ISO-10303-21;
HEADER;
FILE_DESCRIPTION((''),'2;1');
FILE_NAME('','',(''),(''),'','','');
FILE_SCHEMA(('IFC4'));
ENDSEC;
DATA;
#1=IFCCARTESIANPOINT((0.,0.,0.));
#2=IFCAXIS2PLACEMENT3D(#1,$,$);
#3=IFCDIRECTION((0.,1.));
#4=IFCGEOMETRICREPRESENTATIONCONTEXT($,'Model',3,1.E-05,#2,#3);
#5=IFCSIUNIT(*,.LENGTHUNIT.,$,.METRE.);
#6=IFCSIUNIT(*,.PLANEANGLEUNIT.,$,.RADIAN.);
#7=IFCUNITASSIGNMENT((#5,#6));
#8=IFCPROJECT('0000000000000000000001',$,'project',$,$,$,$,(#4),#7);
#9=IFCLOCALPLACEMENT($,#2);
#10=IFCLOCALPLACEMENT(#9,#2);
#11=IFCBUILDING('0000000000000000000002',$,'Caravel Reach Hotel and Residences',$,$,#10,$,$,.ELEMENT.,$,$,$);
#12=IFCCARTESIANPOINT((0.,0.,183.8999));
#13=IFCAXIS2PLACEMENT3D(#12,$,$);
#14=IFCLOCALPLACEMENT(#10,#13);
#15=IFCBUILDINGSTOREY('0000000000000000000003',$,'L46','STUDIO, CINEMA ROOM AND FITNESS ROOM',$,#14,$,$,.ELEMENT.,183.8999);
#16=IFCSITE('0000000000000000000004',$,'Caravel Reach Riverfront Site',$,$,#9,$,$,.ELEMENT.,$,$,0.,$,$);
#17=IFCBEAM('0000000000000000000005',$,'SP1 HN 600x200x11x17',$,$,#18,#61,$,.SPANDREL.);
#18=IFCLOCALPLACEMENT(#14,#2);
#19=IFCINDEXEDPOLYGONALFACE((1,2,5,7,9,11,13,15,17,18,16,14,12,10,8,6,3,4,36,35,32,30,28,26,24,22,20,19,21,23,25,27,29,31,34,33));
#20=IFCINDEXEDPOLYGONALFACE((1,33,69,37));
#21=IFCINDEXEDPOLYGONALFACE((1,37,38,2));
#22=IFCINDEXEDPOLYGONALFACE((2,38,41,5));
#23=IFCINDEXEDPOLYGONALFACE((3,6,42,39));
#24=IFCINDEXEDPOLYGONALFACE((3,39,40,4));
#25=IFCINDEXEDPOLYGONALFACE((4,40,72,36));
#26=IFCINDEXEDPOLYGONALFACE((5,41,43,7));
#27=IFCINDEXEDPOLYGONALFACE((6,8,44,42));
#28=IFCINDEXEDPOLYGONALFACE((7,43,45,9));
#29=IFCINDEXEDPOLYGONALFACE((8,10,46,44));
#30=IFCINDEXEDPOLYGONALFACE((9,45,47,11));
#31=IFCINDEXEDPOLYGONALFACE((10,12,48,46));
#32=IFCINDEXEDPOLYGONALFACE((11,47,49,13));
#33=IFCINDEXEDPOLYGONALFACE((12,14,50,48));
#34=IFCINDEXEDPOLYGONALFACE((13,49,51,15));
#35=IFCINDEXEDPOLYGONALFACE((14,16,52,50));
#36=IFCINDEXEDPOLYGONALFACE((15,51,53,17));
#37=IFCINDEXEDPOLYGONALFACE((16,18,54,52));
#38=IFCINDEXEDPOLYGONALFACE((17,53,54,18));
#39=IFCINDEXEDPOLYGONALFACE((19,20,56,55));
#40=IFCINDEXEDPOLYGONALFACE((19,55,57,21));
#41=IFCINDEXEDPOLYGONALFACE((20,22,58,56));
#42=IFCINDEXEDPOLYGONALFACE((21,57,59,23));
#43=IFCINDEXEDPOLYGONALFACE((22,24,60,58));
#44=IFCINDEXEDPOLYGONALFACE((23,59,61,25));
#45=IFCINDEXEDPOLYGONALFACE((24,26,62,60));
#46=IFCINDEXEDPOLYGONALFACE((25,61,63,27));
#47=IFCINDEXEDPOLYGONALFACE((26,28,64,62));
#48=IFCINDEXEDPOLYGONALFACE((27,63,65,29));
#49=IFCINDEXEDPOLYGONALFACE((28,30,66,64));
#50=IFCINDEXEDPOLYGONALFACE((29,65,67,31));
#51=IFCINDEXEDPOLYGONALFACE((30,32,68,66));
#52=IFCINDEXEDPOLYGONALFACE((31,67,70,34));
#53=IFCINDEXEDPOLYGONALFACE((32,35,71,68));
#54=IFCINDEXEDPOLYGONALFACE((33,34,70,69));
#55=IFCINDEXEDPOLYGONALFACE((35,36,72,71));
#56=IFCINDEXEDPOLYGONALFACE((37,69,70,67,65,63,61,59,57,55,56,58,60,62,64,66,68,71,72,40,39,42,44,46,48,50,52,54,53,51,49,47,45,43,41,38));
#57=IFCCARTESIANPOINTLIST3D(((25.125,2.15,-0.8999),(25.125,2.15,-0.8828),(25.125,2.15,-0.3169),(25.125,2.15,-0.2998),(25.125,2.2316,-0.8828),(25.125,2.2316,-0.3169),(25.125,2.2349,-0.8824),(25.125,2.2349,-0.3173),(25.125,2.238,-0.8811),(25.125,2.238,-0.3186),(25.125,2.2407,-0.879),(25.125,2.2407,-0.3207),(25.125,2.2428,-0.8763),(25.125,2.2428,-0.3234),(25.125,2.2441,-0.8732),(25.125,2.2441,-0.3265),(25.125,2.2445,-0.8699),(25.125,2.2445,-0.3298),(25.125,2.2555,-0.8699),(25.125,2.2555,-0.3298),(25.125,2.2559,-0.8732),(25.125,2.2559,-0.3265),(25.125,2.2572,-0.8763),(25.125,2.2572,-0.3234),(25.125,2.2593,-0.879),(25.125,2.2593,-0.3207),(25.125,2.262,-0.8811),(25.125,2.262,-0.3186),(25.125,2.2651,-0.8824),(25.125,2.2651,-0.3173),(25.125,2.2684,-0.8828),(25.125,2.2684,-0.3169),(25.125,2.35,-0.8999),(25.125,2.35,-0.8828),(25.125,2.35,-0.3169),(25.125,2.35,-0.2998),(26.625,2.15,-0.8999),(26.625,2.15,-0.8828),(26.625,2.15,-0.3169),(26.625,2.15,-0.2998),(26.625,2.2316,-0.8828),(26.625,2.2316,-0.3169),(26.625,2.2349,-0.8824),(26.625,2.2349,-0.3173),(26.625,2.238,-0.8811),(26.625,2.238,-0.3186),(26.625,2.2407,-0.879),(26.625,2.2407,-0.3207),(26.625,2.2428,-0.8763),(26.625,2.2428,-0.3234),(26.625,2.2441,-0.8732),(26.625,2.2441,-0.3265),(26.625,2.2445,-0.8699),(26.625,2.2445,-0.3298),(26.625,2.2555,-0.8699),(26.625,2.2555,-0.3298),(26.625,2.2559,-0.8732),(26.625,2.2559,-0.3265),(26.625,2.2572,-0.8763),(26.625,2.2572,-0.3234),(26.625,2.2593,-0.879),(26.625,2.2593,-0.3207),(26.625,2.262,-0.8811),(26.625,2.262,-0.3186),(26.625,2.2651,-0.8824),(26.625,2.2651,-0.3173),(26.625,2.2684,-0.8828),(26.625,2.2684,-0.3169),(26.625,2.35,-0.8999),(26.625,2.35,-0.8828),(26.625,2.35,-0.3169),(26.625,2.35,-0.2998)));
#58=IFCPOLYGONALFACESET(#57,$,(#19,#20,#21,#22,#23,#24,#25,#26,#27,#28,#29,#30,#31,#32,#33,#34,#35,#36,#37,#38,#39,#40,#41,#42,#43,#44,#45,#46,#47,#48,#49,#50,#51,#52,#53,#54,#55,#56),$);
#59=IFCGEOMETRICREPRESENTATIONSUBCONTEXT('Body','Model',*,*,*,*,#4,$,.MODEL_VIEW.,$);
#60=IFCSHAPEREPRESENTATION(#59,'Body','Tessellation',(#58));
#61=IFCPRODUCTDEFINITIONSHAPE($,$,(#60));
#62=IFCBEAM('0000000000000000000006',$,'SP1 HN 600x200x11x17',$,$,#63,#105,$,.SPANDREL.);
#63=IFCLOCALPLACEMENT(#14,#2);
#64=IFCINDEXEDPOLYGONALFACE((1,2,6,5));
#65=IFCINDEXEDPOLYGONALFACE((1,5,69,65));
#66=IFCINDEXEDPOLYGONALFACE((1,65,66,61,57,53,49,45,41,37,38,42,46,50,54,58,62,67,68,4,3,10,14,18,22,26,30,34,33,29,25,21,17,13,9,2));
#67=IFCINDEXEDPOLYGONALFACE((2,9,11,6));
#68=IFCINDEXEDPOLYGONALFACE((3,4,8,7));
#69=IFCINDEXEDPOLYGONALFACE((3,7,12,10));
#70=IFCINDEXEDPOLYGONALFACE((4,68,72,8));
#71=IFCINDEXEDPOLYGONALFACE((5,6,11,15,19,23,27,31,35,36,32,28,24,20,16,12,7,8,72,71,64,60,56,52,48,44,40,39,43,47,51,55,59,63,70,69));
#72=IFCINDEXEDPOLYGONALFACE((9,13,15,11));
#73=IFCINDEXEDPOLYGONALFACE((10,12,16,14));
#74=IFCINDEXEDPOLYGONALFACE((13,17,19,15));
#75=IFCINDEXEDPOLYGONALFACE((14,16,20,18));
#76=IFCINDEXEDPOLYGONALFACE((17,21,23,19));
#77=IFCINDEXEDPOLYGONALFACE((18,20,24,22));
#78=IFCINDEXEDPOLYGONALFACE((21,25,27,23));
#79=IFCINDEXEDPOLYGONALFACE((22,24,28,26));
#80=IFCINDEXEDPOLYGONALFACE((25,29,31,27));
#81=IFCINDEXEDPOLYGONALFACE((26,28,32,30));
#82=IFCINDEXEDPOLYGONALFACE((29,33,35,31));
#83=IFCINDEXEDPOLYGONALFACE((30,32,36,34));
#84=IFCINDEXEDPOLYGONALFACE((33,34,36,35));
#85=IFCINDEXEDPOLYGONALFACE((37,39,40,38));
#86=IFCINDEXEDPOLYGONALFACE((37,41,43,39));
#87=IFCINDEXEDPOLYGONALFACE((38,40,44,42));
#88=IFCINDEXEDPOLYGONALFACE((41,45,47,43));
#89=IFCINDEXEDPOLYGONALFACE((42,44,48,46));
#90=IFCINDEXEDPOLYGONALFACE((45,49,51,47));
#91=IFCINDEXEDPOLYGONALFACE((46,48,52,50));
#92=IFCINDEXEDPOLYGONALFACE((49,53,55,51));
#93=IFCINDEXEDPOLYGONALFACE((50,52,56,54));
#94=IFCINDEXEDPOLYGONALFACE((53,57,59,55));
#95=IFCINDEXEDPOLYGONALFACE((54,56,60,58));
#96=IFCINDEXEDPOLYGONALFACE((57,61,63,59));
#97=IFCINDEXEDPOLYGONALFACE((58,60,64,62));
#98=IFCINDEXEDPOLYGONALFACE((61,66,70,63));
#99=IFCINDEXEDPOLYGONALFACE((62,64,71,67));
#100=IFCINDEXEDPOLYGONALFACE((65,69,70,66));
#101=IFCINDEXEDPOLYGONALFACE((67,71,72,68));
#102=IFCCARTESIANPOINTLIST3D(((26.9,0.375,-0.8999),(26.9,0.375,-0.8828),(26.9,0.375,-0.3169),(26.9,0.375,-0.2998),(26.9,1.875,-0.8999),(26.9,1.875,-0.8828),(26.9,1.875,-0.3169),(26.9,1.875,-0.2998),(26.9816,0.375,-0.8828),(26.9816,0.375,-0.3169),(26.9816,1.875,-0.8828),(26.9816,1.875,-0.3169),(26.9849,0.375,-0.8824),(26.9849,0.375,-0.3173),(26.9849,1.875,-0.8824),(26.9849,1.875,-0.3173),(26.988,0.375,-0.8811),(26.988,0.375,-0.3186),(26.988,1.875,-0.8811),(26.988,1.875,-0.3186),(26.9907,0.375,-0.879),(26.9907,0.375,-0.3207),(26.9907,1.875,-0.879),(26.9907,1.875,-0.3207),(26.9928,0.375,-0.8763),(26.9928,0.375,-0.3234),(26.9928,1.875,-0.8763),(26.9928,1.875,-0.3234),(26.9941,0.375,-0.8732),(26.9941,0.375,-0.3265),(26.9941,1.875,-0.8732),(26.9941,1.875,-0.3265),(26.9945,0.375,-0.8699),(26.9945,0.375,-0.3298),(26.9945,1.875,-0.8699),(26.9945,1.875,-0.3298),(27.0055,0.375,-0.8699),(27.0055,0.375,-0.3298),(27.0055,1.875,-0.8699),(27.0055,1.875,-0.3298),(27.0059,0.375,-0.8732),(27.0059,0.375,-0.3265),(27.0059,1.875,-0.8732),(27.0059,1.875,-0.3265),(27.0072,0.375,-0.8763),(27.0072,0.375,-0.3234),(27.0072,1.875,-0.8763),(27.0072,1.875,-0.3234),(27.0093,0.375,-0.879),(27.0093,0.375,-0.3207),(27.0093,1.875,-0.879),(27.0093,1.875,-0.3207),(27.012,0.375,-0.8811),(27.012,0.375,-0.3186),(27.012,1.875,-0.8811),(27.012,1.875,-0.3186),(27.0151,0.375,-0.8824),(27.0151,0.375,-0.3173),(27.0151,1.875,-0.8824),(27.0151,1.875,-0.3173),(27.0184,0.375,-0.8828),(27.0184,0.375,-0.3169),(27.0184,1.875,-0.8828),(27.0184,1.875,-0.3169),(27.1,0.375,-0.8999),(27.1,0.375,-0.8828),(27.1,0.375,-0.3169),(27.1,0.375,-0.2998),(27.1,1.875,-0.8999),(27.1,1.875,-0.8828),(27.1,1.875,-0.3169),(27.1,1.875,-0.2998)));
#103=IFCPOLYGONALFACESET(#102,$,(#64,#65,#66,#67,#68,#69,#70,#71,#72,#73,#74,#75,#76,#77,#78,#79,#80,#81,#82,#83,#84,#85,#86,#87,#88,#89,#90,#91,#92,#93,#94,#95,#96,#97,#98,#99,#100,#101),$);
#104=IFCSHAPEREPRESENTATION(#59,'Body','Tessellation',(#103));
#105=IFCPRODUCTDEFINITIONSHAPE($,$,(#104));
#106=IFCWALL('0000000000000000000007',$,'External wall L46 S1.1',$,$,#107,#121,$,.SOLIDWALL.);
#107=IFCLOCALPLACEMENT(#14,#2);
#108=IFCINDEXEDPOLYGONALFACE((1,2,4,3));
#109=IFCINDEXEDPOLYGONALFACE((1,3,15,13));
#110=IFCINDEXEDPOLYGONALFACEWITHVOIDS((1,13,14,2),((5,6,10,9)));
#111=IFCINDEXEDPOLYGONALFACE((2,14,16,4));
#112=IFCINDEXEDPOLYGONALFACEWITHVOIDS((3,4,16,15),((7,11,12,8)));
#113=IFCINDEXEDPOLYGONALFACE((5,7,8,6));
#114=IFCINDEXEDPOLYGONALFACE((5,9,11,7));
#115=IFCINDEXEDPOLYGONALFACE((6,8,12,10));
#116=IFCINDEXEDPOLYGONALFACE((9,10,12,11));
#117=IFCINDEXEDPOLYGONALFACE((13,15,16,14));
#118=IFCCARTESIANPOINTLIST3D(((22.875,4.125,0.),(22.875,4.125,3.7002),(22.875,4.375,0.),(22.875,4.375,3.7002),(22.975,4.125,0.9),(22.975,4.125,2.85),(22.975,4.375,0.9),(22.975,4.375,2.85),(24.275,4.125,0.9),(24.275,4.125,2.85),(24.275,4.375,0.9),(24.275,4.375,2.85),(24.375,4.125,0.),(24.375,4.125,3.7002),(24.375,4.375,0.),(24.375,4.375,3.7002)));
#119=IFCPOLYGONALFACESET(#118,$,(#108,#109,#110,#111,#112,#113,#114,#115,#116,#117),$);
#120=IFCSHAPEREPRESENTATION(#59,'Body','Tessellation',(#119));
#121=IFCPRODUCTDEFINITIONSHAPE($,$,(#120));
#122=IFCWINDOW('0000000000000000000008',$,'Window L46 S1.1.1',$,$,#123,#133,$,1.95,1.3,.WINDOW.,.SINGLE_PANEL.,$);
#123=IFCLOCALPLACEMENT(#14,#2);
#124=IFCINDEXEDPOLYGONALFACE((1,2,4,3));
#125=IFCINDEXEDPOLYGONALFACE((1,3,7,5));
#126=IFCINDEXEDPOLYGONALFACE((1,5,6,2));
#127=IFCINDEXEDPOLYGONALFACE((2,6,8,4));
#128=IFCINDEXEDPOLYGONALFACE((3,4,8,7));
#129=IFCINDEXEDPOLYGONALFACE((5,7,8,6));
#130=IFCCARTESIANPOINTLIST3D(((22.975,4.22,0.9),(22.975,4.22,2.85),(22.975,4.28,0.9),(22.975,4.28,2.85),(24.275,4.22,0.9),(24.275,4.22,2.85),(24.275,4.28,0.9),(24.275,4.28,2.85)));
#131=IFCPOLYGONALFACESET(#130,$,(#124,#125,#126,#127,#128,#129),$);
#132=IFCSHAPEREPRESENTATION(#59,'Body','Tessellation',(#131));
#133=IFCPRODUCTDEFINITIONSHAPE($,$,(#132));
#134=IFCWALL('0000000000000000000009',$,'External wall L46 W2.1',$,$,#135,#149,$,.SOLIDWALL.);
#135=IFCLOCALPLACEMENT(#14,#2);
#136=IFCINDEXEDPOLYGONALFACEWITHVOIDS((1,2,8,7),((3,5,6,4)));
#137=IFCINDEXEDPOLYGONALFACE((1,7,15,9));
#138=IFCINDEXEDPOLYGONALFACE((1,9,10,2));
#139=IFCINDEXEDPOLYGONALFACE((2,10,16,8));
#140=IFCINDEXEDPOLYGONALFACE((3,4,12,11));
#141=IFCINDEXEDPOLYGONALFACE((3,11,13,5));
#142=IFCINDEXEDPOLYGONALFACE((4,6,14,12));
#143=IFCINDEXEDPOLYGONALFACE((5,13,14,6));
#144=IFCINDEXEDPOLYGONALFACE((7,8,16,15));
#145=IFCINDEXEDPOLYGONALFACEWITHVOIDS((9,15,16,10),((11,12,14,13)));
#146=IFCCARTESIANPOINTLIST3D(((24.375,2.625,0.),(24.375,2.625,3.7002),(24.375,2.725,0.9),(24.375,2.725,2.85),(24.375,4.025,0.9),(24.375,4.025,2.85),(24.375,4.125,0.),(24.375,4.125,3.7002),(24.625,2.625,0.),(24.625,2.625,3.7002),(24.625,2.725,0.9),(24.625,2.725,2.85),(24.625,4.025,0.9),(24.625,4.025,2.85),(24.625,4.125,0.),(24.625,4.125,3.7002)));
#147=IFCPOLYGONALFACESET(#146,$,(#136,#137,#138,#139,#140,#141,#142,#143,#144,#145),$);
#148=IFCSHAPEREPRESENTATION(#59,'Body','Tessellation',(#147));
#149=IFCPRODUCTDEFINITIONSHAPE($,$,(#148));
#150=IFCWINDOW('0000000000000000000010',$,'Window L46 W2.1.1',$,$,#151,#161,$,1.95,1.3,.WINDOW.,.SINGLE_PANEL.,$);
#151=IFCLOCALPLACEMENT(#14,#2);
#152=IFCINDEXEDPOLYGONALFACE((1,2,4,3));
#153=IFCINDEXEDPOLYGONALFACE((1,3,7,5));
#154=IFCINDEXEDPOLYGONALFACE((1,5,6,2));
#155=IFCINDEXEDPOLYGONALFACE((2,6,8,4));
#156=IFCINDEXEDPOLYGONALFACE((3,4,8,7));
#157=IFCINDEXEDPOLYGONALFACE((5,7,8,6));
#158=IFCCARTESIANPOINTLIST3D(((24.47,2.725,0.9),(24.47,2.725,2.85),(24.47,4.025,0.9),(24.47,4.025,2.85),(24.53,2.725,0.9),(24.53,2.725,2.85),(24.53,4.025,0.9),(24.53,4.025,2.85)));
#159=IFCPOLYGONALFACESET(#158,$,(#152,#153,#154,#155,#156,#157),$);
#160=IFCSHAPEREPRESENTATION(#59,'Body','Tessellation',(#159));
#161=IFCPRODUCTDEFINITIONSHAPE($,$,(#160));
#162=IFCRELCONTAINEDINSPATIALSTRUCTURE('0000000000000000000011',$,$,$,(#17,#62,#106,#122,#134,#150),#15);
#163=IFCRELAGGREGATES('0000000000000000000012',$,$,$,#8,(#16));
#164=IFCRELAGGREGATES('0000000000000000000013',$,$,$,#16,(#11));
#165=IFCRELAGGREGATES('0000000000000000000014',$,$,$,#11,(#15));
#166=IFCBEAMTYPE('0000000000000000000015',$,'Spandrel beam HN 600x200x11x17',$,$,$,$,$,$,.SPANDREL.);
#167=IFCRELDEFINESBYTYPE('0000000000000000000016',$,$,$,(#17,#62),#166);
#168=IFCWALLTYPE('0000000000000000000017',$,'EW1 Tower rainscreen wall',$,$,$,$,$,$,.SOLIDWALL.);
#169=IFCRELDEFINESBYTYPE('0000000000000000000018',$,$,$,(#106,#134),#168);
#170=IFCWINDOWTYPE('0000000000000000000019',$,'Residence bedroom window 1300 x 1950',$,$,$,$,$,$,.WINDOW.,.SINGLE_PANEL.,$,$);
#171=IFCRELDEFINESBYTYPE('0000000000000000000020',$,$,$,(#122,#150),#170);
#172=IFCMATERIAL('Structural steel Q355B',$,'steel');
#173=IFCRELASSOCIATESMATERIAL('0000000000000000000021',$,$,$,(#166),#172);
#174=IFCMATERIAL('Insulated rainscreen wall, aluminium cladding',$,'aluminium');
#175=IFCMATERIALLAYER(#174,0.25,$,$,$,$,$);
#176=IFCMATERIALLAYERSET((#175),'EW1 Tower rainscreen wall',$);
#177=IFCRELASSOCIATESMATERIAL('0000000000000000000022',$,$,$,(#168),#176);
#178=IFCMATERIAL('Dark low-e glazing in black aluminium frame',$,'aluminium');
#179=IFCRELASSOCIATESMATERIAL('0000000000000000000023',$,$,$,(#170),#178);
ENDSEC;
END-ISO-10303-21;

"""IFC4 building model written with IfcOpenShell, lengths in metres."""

from ifc_helpers import new_model, si_unit, direction, frame, frame_2d, origin, origin_2d, place, context, subcontext, project, spatial, rectangle, i_section, extrude, material, layer, layer_set, material_profile, profile_set, type_object, element, fill, save


model = new_model("IFC4")

# Units and contexts
model_context = context("Model", 3, precision=1e-05, world=origin(), true_north=direction((0.0, 1.0)))
body_context = subcontext(model_context, "Body", "Model", "MODEL_VIEW")
ifc_project = project(units=[si_unit("LENGTHUNIT", "METRE"), si_unit("PLANEANGLEUNIT", "RADIAN")], contexts=[model_context])

# Site, building, storey
site_placement = place(None, origin())
site = spatial("IfcSite", under=ifc_project, at=site_placement, Name="Caravel Reach Riverfront Site", CompositionType="ELEMENT", RefElevation=0.0)
building_placement = place(site_placement, origin())
building = spatial("IfcBuilding", under=site, at=building_placement, Name="Caravel Reach Hotel and Residences", CompositionType="ELEMENT")
storey_placement = place(building_placement, frame((0.0, 0.0, 183.8999)))
storey = spatial("IfcBuildingStorey", under=building, at=storey_placement, Name="L46", Description="STUDIO, CINEMA ROOM AND FITNESS ROOM", CompositionType="ELEMENT", Elevation=183.8999)

# Beams
ifc_material_1 = material(Name="Structural steel Q355B", Category="steel")
ifc_material_profile_1 = material_profile(ifc_material_1, i_section(OverallWidth=0.2, OverallDepth=0.6001, WebThickness=0.011, FlangeThickness=0.0171, FilletRadius=0.0129, at=origin_2d()), Name="HN 600x200x11x17")
ifc_profile_set_1 = profile_set([ifc_material_profile_1], Name="Structural steel Q355B")
beam_type = type_object("IfcBeamType", Name="Spandrel beam HN 600x200x11x17", PredefinedType="SPANDREL", material=ifc_profile_set_1)
for number, where, z_axis, x_axis, name in (
    (1, (25.125, 2.25, -0.5999), (1.0, 0.0, 0.0), (0.0, 1.0, 0.0), "SP1 HN 600x200x11x17"),
    (2, (27.0, 1.875, -0.5999), (0.0, -1.0, 0.0), (1.0, 0.0, 0.0), "SP1 HN 600x200x11x17"),
):
    element("IfcBeam", number, at=place(storey_placement, frame(where, z_axis=z_axis, x_axis=x_axis)), inside=storey, type_object=beam_type, Name=name, PredefinedType="SPANDREL", context=body_context, shape_type="SweptSolid", body=[
        extrude(i_section(OverallWidth=0.2, OverallDepth=0.6001, WebThickness=0.011, FlangeThickness=0.0171, FilletRadius=0.0129, at=origin_2d()), origin(), (0.0, 0.0, 1.0), 1.5),
    ])

# Walls, openings, windows
ifc_material_2 = material(Name="Insulated rainscreen wall, aluminium cladding", Category="aluminium")
ifc_layer_1 = layer(ifc_material_2, 0.25)
ifc_layer_set_1 = layer_set([ifc_layer_1], Name="EW1 Tower rainscreen wall")
wall_type_1 = type_object("IfcWallType", Name="EW1 Tower rainscreen wall", PredefinedType="SOLIDWALL", material=ifc_layer_set_1)
wall_1_placement = place(storey_placement, frame((22.875, 4.25, 0.0), z_axis=(0.0, 0.0, 1.0), x_axis=(1.0, 0.0, 0.0)))
wall_1 = element("IfcWall", 3, at=wall_1_placement, inside=storey, type_object=wall_type_1, Name="External wall L46 S1.1", PredefinedType="SOLIDWALL", context=body_context, shape_type="SweptSolid", body=[
    extrude(rectangle(XDim=1.5, YDim=0.25, at=frame_2d((0.75, 0.0))), origin(), (0.0, 0.0, 1.0), 3.7002),
])
opening_1_placement = place(wall_1_placement, frame((0.1001, 0.0, 0.8999)))
opening_1 = element("IfcOpeningElement", 4, at=opening_1_placement, cuts=wall_1, PredefinedType="OPENING", context=body_context, shape_type="SweptSolid", body=[
    extrude(rectangle(XDim=1.3, YDim=1.95, at=frame_2d((0.6499, 0.9751))), frame((0.0, 0.135, 0.0), z_axis=(0.0, -1.0, 0.0), x_axis=(1.0, 0.0, 0.0)), (0.0, 0.0, 1.0), 0.27),
])
ifc_material_3 = material(Name="Dark low-e glazing in black aluminium frame", Category="aluminium")
window_type_1 = type_object("IfcWindowType", Name="Residence bedroom window 1300 x 1950", PartitioningType="SINGLE_PANEL", PredefinedType="WINDOW", material=ifc_material_3)
window_1_placement = place(opening_1_placement, origin())
window_1 = element("IfcWindow", 5, at=window_1_placement, inside=storey, type_object=window_type_1, Name="Window L46 S1.1.1", OverallHeight=1.95, OverallWidth=1.3, PartitioningType="SINGLE_PANEL", PredefinedType="WINDOW", context=body_context, shape_type="SweptSolid", body=[
    extrude(rectangle(XDim=1.3, YDim=1.95, at=frame_2d((0.6499, 0.9751))), frame((0.0, 0.03, 0.0), z_axis=(0.0, -1.0, 0.0), x_axis=(1.0, 0.0, 0.0)), (0.0, 0.0, 1.0), 0.0601),
])
fill(opening_1, window_1)
wall_2_placement = place(storey_placement, frame((24.5, 4.125, 0.0), z_axis=(0.0, 0.0, 1.0), x_axis=(0.0, -1.0, 0.0)))
wall_2 = element("IfcWall", 6, at=wall_2_placement, inside=storey, type_object=wall_type_1, Name="External wall L46 W2.1", PredefinedType="SOLIDWALL", context=body_context, shape_type="SweptSolid", body=[
    extrude(rectangle(XDim=1.5, YDim=0.25, at=frame_2d((0.75, 0.0))), origin(), (0.0, 0.0, 1.0), 3.7002),
])
opening_2_placement = place(wall_2_placement, frame((0.1001, 0.0, 0.8999)))
opening_2 = element("IfcOpeningElement", 7, at=opening_2_placement, cuts=wall_2, PredefinedType="OPENING", context=body_context, shape_type="SweptSolid", body=[
    extrude(rectangle(XDim=1.3, YDim=1.95, at=frame_2d((0.6499, 0.9751))), frame((0.0, 0.135, 0.0), z_axis=(0.0, -1.0, 0.0), x_axis=(1.0, 0.0, 0.0)), (0.0, 0.0, 1.0), 0.27),
])
window_2_placement = place(opening_2_placement, origin())
window_2 = element("IfcWindow", 8, at=window_2_placement, inside=storey, type_object=window_type_1, Name="Window L46 W2.1.1", OverallHeight=1.95, OverallWidth=1.3, PartitioningType="SINGLE_PANEL", PredefinedType="WINDOW", context=body_context, shape_type="SweptSolid", body=[
    extrude(rectangle(XDim=1.3, YDim=1.95, at=frame_2d((0.6499, 0.9751))), frame((0.0, 0.03, 0.0), z_axis=(0.0, -1.0, 0.0), x_axis=(1.0, 0.0, 0.0)), (0.0, 0.0, 1.0), 0.0601),
])
fill(opening_2, window_2)

save(model, "model.ifc")
